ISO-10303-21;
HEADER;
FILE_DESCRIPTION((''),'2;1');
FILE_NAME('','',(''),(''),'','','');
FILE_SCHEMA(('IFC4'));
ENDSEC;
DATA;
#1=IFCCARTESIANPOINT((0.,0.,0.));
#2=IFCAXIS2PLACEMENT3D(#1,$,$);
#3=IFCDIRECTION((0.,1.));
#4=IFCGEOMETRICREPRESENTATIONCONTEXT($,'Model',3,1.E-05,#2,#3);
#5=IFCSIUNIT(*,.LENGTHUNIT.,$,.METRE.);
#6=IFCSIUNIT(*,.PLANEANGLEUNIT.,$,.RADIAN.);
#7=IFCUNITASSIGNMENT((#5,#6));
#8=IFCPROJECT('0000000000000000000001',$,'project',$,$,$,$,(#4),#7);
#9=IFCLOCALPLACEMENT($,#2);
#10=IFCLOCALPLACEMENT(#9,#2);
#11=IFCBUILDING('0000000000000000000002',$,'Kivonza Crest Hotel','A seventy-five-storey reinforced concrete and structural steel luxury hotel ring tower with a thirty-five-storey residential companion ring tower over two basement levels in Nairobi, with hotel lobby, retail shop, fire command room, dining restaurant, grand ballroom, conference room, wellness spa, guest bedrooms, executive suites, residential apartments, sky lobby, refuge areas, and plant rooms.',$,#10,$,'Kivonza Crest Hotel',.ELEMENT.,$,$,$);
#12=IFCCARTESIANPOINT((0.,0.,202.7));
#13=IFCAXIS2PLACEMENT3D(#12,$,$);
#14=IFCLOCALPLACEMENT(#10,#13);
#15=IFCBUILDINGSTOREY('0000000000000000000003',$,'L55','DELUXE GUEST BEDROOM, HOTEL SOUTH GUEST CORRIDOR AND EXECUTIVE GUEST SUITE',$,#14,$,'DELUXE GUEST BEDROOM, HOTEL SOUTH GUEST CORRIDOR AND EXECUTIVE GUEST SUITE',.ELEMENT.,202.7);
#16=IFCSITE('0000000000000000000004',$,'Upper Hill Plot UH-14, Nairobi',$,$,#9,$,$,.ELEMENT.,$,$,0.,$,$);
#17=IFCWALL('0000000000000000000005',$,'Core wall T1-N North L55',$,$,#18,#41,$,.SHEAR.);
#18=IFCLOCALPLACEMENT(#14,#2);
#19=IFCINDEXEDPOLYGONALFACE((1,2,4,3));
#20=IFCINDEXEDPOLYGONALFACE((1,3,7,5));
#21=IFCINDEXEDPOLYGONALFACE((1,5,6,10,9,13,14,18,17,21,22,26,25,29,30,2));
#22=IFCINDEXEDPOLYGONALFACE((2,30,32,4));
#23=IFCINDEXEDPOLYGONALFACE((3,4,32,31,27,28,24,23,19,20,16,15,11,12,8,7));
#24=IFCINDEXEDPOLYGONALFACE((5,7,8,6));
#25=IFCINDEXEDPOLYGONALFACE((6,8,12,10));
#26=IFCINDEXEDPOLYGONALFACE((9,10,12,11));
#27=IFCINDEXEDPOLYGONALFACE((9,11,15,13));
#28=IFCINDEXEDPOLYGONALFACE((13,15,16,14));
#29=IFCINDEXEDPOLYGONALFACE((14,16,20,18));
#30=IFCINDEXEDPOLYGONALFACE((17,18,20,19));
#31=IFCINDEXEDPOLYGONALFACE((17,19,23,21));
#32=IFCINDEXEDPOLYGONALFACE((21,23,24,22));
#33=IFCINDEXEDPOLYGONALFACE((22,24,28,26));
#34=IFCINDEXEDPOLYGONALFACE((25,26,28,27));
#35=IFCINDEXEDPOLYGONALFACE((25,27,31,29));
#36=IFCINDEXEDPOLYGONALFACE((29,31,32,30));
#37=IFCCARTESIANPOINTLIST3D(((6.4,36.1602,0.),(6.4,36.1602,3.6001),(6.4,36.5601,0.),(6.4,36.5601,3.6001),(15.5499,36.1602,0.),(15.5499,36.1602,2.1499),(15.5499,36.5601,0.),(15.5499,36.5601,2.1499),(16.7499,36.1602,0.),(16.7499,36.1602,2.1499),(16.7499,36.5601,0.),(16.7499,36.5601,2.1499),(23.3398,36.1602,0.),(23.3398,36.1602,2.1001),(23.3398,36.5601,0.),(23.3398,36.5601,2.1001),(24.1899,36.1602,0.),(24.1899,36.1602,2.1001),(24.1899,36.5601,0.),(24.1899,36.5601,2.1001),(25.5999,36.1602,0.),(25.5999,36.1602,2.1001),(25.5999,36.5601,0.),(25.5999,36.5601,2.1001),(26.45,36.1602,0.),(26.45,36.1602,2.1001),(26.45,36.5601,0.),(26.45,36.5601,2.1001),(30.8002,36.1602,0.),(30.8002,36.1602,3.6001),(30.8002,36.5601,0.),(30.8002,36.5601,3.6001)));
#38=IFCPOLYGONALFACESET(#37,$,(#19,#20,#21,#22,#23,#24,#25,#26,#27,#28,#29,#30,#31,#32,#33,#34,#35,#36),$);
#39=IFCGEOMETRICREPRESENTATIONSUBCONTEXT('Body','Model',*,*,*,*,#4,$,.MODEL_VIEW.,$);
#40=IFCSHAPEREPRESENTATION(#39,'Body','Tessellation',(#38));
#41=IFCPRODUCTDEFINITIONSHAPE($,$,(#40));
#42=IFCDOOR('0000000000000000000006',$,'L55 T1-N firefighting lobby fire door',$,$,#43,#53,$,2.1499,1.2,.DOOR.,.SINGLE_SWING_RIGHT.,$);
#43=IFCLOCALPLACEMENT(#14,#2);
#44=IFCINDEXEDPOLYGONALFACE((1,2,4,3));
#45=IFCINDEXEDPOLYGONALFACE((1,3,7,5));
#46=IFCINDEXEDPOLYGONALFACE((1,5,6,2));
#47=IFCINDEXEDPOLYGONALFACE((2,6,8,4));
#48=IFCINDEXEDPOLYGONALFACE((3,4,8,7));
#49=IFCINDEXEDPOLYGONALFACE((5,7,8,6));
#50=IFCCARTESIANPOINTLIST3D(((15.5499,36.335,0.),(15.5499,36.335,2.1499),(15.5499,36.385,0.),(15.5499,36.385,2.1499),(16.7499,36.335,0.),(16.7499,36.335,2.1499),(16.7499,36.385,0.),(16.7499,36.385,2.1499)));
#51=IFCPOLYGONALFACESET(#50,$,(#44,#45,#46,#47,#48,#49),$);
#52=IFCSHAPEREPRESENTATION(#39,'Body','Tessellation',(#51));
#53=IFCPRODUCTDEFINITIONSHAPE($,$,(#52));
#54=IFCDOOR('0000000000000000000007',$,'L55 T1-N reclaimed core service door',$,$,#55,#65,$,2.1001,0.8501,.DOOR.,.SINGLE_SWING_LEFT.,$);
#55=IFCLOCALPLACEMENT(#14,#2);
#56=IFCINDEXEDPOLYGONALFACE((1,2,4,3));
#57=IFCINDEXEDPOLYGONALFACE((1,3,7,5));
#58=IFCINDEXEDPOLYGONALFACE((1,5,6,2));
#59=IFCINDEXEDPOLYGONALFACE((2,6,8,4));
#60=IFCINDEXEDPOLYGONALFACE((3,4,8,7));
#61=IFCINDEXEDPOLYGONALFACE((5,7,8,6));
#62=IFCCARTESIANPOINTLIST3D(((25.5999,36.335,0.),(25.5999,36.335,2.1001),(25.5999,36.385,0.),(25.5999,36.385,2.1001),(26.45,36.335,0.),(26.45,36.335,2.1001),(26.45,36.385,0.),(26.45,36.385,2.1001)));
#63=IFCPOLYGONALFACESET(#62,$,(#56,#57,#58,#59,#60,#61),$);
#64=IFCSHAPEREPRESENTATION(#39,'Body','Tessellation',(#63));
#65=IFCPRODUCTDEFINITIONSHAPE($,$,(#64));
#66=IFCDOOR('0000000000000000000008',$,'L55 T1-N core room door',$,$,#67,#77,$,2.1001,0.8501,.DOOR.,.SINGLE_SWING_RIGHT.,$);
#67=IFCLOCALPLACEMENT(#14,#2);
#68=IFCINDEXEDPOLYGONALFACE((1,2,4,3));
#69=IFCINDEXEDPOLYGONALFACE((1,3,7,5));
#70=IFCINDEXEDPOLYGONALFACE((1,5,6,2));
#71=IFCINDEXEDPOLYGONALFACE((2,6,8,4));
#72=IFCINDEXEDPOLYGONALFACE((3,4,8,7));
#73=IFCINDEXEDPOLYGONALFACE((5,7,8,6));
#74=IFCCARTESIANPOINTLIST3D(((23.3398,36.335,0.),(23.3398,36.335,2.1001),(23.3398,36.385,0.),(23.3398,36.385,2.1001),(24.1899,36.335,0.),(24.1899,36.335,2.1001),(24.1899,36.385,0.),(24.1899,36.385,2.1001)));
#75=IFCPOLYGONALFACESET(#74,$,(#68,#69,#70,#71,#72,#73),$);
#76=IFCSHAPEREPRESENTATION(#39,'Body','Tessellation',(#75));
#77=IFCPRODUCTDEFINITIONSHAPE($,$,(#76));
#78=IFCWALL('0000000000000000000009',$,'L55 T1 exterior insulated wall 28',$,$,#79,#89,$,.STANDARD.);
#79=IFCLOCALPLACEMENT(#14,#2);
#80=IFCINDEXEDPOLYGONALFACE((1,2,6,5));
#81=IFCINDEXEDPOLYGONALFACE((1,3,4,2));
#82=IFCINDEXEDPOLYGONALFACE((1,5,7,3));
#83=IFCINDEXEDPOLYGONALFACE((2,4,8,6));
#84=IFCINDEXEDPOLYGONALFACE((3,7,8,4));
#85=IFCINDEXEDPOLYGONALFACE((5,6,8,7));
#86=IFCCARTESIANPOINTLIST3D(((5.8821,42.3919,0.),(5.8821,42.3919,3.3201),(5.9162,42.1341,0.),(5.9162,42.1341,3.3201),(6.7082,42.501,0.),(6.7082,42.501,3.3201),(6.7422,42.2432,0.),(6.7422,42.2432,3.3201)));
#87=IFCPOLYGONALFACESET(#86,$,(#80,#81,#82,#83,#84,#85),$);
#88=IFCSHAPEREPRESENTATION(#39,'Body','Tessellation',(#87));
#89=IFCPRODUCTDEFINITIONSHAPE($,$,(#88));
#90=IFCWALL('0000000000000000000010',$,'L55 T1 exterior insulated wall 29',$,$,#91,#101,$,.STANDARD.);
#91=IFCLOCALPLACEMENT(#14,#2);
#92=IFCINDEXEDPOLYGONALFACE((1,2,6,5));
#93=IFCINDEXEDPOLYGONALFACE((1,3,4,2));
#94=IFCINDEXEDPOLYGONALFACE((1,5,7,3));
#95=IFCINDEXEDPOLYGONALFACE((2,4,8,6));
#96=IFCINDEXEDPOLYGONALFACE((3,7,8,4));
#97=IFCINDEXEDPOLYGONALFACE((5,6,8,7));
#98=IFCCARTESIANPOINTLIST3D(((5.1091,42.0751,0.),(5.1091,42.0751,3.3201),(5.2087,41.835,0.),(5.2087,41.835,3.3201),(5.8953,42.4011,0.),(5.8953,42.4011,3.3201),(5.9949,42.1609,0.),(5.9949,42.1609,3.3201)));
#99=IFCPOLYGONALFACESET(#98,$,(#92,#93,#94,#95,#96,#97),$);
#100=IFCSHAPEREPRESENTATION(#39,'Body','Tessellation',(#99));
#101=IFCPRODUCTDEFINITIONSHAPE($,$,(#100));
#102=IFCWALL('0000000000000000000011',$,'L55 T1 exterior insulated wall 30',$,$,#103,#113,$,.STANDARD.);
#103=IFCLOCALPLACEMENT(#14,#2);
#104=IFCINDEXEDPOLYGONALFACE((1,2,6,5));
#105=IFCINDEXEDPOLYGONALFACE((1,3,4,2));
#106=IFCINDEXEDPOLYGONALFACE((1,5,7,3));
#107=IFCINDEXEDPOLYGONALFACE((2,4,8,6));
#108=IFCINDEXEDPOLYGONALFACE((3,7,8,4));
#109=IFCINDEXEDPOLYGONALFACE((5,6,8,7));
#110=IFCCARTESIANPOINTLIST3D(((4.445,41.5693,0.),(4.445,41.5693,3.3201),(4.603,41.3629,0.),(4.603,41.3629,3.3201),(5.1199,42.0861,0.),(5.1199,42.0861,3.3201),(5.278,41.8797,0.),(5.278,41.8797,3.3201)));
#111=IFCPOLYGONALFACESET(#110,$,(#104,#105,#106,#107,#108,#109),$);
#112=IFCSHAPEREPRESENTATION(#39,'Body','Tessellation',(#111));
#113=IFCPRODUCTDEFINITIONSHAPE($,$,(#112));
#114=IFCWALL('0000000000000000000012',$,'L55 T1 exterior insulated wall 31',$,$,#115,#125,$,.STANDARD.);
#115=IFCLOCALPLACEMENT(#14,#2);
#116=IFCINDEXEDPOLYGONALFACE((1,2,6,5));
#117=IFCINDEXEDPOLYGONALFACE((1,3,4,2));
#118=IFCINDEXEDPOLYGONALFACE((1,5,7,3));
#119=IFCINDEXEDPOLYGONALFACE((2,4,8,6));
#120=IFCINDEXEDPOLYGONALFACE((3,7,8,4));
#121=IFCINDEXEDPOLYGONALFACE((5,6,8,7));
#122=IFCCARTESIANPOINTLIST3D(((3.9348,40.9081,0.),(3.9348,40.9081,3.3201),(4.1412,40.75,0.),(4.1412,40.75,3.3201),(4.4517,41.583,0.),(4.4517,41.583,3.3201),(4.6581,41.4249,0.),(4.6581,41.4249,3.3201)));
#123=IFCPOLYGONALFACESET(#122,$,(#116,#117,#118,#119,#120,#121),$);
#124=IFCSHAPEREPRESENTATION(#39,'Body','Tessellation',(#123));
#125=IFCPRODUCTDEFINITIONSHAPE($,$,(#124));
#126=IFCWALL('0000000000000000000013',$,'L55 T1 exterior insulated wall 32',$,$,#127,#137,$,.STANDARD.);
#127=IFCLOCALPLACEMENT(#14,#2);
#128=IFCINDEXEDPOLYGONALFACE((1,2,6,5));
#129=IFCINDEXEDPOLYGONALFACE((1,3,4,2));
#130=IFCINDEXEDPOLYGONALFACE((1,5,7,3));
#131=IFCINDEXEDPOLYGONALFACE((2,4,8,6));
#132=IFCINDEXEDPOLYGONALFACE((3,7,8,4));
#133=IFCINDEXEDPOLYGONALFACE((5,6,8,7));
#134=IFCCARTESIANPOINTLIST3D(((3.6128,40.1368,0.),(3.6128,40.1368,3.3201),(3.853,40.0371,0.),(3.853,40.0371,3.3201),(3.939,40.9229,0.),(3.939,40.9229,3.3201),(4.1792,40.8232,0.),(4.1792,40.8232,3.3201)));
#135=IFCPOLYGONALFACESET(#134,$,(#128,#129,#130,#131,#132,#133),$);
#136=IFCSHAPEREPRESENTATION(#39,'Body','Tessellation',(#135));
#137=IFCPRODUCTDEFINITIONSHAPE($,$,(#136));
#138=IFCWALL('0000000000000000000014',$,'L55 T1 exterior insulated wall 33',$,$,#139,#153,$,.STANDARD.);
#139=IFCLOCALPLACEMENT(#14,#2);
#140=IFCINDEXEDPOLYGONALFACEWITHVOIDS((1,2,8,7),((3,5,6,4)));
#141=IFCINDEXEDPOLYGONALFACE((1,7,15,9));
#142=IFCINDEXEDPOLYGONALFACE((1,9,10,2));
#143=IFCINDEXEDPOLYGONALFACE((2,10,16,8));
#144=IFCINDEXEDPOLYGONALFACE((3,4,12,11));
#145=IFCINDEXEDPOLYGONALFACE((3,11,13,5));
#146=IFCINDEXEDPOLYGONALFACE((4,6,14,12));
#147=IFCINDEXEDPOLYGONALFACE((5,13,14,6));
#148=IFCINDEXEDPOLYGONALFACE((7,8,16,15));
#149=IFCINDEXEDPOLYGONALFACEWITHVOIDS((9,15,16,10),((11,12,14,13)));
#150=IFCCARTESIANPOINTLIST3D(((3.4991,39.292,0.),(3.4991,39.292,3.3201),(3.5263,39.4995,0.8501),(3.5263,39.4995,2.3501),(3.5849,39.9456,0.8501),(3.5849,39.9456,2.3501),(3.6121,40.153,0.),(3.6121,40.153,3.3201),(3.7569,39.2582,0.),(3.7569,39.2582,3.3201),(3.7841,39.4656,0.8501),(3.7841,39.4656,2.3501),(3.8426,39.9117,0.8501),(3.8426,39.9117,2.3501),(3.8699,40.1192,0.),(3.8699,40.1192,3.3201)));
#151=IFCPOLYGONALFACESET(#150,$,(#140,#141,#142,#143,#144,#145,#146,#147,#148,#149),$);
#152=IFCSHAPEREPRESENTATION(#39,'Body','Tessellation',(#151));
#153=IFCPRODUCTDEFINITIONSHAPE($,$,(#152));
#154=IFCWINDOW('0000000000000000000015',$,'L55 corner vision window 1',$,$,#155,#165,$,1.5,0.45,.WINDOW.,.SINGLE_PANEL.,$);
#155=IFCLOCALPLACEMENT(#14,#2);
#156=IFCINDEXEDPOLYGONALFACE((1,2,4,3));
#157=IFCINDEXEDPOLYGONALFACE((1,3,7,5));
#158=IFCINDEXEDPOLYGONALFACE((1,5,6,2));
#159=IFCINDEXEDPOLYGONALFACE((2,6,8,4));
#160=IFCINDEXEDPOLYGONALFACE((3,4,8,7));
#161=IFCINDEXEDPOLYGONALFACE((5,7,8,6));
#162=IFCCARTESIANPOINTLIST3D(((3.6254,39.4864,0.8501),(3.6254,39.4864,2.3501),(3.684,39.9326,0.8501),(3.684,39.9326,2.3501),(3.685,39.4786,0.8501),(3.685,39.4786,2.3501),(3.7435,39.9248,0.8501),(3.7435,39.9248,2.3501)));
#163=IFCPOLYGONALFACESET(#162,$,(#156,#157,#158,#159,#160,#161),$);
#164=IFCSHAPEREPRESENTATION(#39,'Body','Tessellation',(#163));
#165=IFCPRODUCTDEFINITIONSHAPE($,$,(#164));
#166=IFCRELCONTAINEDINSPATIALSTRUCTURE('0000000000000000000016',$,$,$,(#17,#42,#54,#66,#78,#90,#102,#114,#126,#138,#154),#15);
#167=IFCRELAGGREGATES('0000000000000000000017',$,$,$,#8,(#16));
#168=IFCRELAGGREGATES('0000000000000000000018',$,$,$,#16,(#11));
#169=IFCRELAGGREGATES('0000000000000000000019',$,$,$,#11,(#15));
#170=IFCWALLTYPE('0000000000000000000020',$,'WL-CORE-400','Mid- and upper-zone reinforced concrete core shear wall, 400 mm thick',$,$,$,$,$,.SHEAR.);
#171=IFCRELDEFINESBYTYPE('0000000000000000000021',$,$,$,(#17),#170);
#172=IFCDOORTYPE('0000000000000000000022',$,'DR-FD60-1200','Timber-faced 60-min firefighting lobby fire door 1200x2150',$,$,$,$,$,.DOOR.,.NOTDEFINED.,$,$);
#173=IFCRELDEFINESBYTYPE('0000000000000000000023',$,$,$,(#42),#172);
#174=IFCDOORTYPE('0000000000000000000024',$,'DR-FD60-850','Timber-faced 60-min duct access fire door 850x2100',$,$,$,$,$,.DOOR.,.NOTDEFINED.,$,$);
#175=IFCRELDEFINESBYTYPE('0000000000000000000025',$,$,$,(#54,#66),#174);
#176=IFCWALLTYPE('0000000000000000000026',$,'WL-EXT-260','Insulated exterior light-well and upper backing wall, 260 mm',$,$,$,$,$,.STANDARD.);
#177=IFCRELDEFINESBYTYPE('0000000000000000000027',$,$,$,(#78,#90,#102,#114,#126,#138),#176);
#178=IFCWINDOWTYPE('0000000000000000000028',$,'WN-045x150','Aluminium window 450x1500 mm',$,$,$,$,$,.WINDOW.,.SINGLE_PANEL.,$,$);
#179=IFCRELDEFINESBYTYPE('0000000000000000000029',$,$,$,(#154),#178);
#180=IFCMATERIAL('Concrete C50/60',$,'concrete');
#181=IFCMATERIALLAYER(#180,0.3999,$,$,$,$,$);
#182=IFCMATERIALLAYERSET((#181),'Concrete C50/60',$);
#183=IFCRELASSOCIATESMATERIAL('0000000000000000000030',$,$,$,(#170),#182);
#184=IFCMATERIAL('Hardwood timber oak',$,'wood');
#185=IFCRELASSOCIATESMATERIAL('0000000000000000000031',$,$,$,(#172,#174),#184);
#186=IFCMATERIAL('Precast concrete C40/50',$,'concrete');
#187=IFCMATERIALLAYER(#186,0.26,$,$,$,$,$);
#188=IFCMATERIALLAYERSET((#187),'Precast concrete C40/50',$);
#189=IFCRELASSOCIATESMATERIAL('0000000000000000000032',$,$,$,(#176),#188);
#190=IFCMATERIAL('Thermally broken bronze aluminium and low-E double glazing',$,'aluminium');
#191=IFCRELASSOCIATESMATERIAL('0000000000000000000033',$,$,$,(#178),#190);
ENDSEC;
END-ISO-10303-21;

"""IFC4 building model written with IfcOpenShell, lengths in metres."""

from ifc_helpers import new_model, si_unit, direction, frame, frame_2d, origin, place, context, subcontext, project, spatial, rectangle, extrude, material, layer, layer_set, type_object, element, fill, save


model = new_model("IFC4")

# Units and contexts
model_context = context("Model", 3, precision=1e-05, world=origin(), true_north=direction((0.0, 1.0)))
body_context = subcontext(model_context, "Body", "Model", "MODEL_VIEW")
ifc_project = project(units=[si_unit("LENGTHUNIT", "METRE"), si_unit("PLANEANGLEUNIT", "RADIAN")], contexts=[model_context])

# Site, building, storey
site_placement = place(None, origin())
site = spatial("IfcSite", under=ifc_project, at=site_placement, Name="Upper Hill Plot UH-14, Nairobi", CompositionType="ELEMENT", RefElevation=0.0)
building_placement = place(site_placement, origin())
building = spatial("IfcBuilding", under=site, at=building_placement, Name="Kivonza Crest Hotel", Description="A seventy-five-storey reinforced concrete and structural steel luxury hotel ring tower with a thirty-five-storey residential companion ring tower over two basement levels in Nairobi, with hotel lobby, retail shop, fire command room, dining restaurant, grand ballroom, conference room, wellness spa, guest bedrooms, executive suites, residential apartments, sky lobby, refuge areas, and plant rooms.", LongName="Kivonza Crest Hotel", CompositionType="ELEMENT")
storey_placement = place(building_placement, frame((0.0, 0.0, 202.7)))
storey = spatial("IfcBuildingStorey", under=building, at=storey_placement, Name="L55", Description="DELUXE GUEST BEDROOM, HOTEL SOUTH GUEST CORRIDOR AND EXECUTIVE GUEST SUITE", LongName="DELUXE GUEST BEDROOM, HOTEL SOUTH GUEST CORRIDOR AND EXECUTIVE GUEST SUITE", CompositionType="ELEMENT", Elevation=202.7)

# Shared definitions
ifc_material_1 = material(Name="Concrete C50/60", Category="concrete")

# Shared definitions
ifc_material_2 = material(Name="Hardwood timber oak", Category="wood")

# Wall, openings, doors
ifc_layer_1 = layer(ifc_material_1, 0.3999)
ifc_layer_set_1 = layer_set([ifc_layer_1], Name="Concrete C50/60")
wall_type_1 = type_object("IfcWallType", Name="WL-CORE-400", Description="Mid- and upper-zone reinforced concrete core shear wall, 400 mm thick", PredefinedType="SHEAR", material=ifc_layer_set_1)
wall_1_placement = place(storey_placement, frame((6.3999, 36.3601, 0.0), z_axis=(0.0, 0.0, 1.0), x_axis=(1.0, 0.0, 0.0)))
wall_1 = element("IfcWall", 1, at=wall_1_placement, inside=storey, type_object=wall_type_1, Name="Core wall T1-N North L55", PredefinedType="SHEAR", context=body_context, shape_type="SweptSolid", body=[
    extrude(rectangle(XDim=24.4001, YDim=0.3999, at=frame_2d((12.2002, 0.0))), origin(), (0.0, 0.0, 1.0), 3.6001),
])
opening_1_placement = place(wall_1_placement, frame((9.1499, 0.0, 0.0)))
opening_1 = element("IfcOpeningElement", 2, at=opening_1_placement, cuts=wall_1, PredefinedType="OPENING", context=body_context, shape_type="SweptSolid", body=[
    extrude(rectangle(XDim=1.2, YDim=2.1499, at=frame_2d((0.6001, 1.075))), frame((0.0, 0.21, 0.0), z_axis=(0.0, -1.0, 0.0), x_axis=(1.0, 0.0, 0.0)), (0.0, 0.0, 1.0), 0.4199),
])
opening_2_placement = place(wall_1_placement, frame((19.2, 0.0, 0.0)))
opening_2 = element("IfcOpeningElement", 3, at=opening_2_placement, cuts=wall_1, PredefinedType="OPENING", context=body_context, shape_type="SweptSolid", body=[
    extrude(rectangle(XDim=0.8501, YDim=2.1001, at=frame_2d((0.425, 1.05))), frame((0.0, 0.21, 0.0), z_axis=(0.0, -1.0, 0.0), x_axis=(1.0, 0.0, 0.0)), (0.0, 0.0, 1.0), 0.4199),
])
opening_3_placement = place(wall_1_placement, frame((16.9399, 0.0, 0.0)))
opening_3 = element("IfcOpeningElement", 4, at=opening_3_placement, cuts=wall_1, PredefinedType="OPENING", context=body_context, shape_type="SweptSolid", body=[
    extrude(rectangle(XDim=0.8501, YDim=2.1001, at=frame_2d((0.425, 1.05))), frame((0.0, 0.21, 0.0), z_axis=(0.0, -1.0, 0.0), x_axis=(1.0, 0.0, 0.0)), (0.0, 0.0, 1.0), 0.4199),
])
door_type_1 = type_object("IfcDoorType", Name="DR-FD60-1200", Description="Timber-faced 60-min firefighting lobby fire door 1200x2150", OperationType="NOTDEFINED", PredefinedType="DOOR", material=ifc_material_2)
door_1_placement = place(opening_1_placement, origin())
door_1 = element("IfcDoor", 5, at=door_1_placement, inside=storey, type_object=door_type_1, Name="L55 T1-N firefighting lobby fire door", OperationType="SINGLE_SWING_RIGHT", OverallHeight=2.1499, OverallWidth=1.2, PredefinedType="DOOR", context=body_context, shape_type="SweptSolid", body=[
    extrude(rectangle(XDim=1.2, YDim=2.1499, at=frame_2d((0.6001, 1.075))), frame((0.0, 0.0249, 0.0), z_axis=(0.0, -1.0, 0.0), x_axis=(1.0, 0.0, 0.0)), (0.0, 0.0, 1.0), 0.05),
])
fill(opening_1, door_1)
door_type_2 = type_object("IfcDoorType", Name="DR-FD60-850", Description="Timber-faced 60-min duct access fire door 850x2100", OperationType="NOTDEFINED", PredefinedType="DOOR", material=ifc_material_2)
door_2_placement = place(opening_2_placement, origin())
door_2 = element("IfcDoor", 6, at=door_2_placement, inside=storey, type_object=door_type_2, Name="L55 T1-N reclaimed core service door", OperationType="SINGLE_SWING_LEFT", OverallHeight=2.1001, OverallWidth=0.8501, PredefinedType="DOOR", context=body_context, shape_type="SweptSolid", body=[
    extrude(rectangle(XDim=0.8501, YDim=2.1001, at=frame_2d((0.425, 1.05))), frame((0.0, 0.0249, 0.0), z_axis=(0.0, -1.0, 0.0), x_axis=(1.0, 0.0, 0.0)), (0.0, 0.0, 1.0), 0.05),
])
fill(opening_2, door_2)
door_3_placement = place(opening_3_placement, origin())
door_3 = element("IfcDoor", 7, at=door_3_placement, inside=storey, type_object=door_type_2, Name="L55 T1-N core room door", OperationType="SINGLE_SWING_RIGHT", OverallHeight=2.1001, OverallWidth=0.8501, PredefinedType="DOOR", context=body_context, shape_type="SweptSolid", body=[
    extrude(rectangle(XDim=0.8501, YDim=2.1001, at=frame_2d((0.425, 1.05))), frame((0.0, 0.0249, 0.0), z_axis=(0.0, -1.0, 0.0), x_axis=(1.0, 0.0, 0.0)), (0.0, 0.0, 1.0), 0.05),
])
fill(opening_3, door_3)

# Walls
ifc_material_3 = material(Name="Precast concrete C40/50", Category="concrete")
ifc_layer_2 = layer(ifc_material_3, 0.26)
ifc_layer_set_2 = layer_set([ifc_layer_2], Name="Precast concrete C40/50")
wall_type_2 = type_object("IfcWallType", Name="WL-EXT-260", Description="Insulated exterior light-well and upper backing wall, 260 mm", PredefinedType="STANDARD", material=ifc_layer_set_2)
wall_2_placement = place(storey_placement, frame((6.7251, 42.3721, 0.0), z_axis=(0.0, 0.0, 1.0), x_axis=(-0.991388, -0.130955, 0.0)))
element("IfcWall", 8, at=wall_2_placement, inside=storey, type_object=wall_type_2, Name="L55 T1 exterior insulated wall 28", PredefinedType="STANDARD", context=body_context, shape_type="SweptSolid", body=[
    extrude(rectangle(XDim=0.8333, YDim=0.26, at=frame_2d((0.4165, 0.0))), origin(), (0.0, 0.0, 1.0), 3.3201),
])
wall_3_placement = place(storey_placement, frame((5.9451, 42.281, 0.0), z_axis=(0.0, 0.0, 1.0), x_axis=(-0.923754, -0.382985, 0.0)))
element("IfcWall", 9, at=wall_3_placement, inside=storey, type_object=wall_type_2, Name="L55 T1 exterior insulated wall 29", PredefinedType="STANDARD", context=body_context, shape_type="SweptSolid", body=[
    extrude(rectangle(XDim=0.8511, YDim=0.26, at=frame_2d((0.4255, 0.0))), origin(), (0.0, 0.0, 1.0), 3.3201),
])
for number, where, z_axis, x_axis, name in (
    (10, (5.199, 41.9829, 0.0), (0.0, 0.0, 1.0), (-0.793999, -0.607919, 0.0), "L55 T1 exterior insulated wall 30"),
    (11, (4.5549, 41.5039, 0.0), (0.0, 0.0, 1.0), (-0.608058, -0.793893, 0.0), "L55 T1 exterior insulated wall 31"),
):
    element("IfcWall", number, at=place(storey_placement, frame(where, z_axis=z_axis, x_axis=x_axis)), inside=storey, type_object=wall_type_2, Name=name, PredefinedType="STANDARD", context=body_context, shape_type="SweptSolid", body=[
        extrude(rectangle(XDim=0.8501, YDim=0.26, at=frame_2d((0.425, 0.0))), origin(), (0.0, 0.0, 1.0), 3.3201),
    ])
wall_4_placement = place(storey_placement, frame((4.0591, 40.873, 0.0), z_axis=(0.0, 0.0, 1.0), x_axis=(-0.38323, -0.923653, 0.0)))
element("IfcWall", 12, at=wall_4_placement, inside=storey, type_object=wall_type_2, Name="L55 T1 exterior insulated wall 32", PredefinedType="STANDARD", context=body_context, shape_type="SweptSolid", body=[
    extrude(rectangle(XDim=0.8511, YDim=0.26, at=frame_2d((0.4255, 0.0))), origin(), (0.0, 0.0, 1.0), 3.3201),
])

# Wall, opening, window
wall_5_placement = place(storey_placement, frame((3.741, 40.136, 0.0), z_axis=(0.0, 0.0, 1.0), x_axis=(-0.130156, -0.991493, 0.0)))
wall_5 = element("IfcWall", 13, at=wall_5_placement, inside=storey, type_object=wall_type_2, Name="L55 T1 exterior insulated wall 33", PredefinedType="STANDARD", context=body_context, shape_type="SweptSolid", body=[
    extrude(rectangle(XDim=0.8684, YDim=0.26, at=frame_2d((0.4341, 0.0))), origin(), (0.0, 0.0, 1.0), 3.3201),
])
opening_4_placement = place(wall_5_placement, frame((0.209, 0.0, 0.8501)))
opening_4 = element("IfcOpeningElement", 14, at=opening_4_placement, cuts=wall_5, PredefinedType="OPENING", context=body_context, shape_type="SweptSolid", body=[
    extrude(rectangle(XDim=0.45, YDim=1.5, at=frame_2d((0.2251, 0.75))), frame((0.0, 0.1401, 0.0), z_axis=(0.0, -1.0, 0.0), x_axis=(1.0, 0.0, 0.0)), (0.0, 0.0, 1.0), 0.28),
])
ifc_material_4 = material(Name="Thermally broken bronze aluminium and low-E double glazing", Category="aluminium")
window_type_1 = type_object("IfcWindowType", Name="WN-045x150", Description="Aluminium window 450x1500 mm", PartitioningType="SINGLE_PANEL", PredefinedType="WINDOW", material=ifc_material_4)
window_1_placement = place(opening_4_placement, origin())
window_1 = element("IfcWindow", 15, at=window_1_placement, inside=storey, type_object=window_type_1, Name="L55 corner vision window 1", OverallHeight=1.5, OverallWidth=0.45, PartitioningType="SINGLE_PANEL", PredefinedType="WINDOW", context=body_context, shape_type="SweptSolid", body=[
    extrude(rectangle(XDim=0.45, YDim=1.5, at=frame_2d((0.2251, 0.75))), frame((0.0, 0.03, 0.0), z_axis=(0.0, -1.0, 0.0), x_axis=(1.0, 0.0, 0.0)), (0.0, 0.0, 1.0), 0.0601),
])
fill(opening_4, window_1)

save(model, "model.ifc")
